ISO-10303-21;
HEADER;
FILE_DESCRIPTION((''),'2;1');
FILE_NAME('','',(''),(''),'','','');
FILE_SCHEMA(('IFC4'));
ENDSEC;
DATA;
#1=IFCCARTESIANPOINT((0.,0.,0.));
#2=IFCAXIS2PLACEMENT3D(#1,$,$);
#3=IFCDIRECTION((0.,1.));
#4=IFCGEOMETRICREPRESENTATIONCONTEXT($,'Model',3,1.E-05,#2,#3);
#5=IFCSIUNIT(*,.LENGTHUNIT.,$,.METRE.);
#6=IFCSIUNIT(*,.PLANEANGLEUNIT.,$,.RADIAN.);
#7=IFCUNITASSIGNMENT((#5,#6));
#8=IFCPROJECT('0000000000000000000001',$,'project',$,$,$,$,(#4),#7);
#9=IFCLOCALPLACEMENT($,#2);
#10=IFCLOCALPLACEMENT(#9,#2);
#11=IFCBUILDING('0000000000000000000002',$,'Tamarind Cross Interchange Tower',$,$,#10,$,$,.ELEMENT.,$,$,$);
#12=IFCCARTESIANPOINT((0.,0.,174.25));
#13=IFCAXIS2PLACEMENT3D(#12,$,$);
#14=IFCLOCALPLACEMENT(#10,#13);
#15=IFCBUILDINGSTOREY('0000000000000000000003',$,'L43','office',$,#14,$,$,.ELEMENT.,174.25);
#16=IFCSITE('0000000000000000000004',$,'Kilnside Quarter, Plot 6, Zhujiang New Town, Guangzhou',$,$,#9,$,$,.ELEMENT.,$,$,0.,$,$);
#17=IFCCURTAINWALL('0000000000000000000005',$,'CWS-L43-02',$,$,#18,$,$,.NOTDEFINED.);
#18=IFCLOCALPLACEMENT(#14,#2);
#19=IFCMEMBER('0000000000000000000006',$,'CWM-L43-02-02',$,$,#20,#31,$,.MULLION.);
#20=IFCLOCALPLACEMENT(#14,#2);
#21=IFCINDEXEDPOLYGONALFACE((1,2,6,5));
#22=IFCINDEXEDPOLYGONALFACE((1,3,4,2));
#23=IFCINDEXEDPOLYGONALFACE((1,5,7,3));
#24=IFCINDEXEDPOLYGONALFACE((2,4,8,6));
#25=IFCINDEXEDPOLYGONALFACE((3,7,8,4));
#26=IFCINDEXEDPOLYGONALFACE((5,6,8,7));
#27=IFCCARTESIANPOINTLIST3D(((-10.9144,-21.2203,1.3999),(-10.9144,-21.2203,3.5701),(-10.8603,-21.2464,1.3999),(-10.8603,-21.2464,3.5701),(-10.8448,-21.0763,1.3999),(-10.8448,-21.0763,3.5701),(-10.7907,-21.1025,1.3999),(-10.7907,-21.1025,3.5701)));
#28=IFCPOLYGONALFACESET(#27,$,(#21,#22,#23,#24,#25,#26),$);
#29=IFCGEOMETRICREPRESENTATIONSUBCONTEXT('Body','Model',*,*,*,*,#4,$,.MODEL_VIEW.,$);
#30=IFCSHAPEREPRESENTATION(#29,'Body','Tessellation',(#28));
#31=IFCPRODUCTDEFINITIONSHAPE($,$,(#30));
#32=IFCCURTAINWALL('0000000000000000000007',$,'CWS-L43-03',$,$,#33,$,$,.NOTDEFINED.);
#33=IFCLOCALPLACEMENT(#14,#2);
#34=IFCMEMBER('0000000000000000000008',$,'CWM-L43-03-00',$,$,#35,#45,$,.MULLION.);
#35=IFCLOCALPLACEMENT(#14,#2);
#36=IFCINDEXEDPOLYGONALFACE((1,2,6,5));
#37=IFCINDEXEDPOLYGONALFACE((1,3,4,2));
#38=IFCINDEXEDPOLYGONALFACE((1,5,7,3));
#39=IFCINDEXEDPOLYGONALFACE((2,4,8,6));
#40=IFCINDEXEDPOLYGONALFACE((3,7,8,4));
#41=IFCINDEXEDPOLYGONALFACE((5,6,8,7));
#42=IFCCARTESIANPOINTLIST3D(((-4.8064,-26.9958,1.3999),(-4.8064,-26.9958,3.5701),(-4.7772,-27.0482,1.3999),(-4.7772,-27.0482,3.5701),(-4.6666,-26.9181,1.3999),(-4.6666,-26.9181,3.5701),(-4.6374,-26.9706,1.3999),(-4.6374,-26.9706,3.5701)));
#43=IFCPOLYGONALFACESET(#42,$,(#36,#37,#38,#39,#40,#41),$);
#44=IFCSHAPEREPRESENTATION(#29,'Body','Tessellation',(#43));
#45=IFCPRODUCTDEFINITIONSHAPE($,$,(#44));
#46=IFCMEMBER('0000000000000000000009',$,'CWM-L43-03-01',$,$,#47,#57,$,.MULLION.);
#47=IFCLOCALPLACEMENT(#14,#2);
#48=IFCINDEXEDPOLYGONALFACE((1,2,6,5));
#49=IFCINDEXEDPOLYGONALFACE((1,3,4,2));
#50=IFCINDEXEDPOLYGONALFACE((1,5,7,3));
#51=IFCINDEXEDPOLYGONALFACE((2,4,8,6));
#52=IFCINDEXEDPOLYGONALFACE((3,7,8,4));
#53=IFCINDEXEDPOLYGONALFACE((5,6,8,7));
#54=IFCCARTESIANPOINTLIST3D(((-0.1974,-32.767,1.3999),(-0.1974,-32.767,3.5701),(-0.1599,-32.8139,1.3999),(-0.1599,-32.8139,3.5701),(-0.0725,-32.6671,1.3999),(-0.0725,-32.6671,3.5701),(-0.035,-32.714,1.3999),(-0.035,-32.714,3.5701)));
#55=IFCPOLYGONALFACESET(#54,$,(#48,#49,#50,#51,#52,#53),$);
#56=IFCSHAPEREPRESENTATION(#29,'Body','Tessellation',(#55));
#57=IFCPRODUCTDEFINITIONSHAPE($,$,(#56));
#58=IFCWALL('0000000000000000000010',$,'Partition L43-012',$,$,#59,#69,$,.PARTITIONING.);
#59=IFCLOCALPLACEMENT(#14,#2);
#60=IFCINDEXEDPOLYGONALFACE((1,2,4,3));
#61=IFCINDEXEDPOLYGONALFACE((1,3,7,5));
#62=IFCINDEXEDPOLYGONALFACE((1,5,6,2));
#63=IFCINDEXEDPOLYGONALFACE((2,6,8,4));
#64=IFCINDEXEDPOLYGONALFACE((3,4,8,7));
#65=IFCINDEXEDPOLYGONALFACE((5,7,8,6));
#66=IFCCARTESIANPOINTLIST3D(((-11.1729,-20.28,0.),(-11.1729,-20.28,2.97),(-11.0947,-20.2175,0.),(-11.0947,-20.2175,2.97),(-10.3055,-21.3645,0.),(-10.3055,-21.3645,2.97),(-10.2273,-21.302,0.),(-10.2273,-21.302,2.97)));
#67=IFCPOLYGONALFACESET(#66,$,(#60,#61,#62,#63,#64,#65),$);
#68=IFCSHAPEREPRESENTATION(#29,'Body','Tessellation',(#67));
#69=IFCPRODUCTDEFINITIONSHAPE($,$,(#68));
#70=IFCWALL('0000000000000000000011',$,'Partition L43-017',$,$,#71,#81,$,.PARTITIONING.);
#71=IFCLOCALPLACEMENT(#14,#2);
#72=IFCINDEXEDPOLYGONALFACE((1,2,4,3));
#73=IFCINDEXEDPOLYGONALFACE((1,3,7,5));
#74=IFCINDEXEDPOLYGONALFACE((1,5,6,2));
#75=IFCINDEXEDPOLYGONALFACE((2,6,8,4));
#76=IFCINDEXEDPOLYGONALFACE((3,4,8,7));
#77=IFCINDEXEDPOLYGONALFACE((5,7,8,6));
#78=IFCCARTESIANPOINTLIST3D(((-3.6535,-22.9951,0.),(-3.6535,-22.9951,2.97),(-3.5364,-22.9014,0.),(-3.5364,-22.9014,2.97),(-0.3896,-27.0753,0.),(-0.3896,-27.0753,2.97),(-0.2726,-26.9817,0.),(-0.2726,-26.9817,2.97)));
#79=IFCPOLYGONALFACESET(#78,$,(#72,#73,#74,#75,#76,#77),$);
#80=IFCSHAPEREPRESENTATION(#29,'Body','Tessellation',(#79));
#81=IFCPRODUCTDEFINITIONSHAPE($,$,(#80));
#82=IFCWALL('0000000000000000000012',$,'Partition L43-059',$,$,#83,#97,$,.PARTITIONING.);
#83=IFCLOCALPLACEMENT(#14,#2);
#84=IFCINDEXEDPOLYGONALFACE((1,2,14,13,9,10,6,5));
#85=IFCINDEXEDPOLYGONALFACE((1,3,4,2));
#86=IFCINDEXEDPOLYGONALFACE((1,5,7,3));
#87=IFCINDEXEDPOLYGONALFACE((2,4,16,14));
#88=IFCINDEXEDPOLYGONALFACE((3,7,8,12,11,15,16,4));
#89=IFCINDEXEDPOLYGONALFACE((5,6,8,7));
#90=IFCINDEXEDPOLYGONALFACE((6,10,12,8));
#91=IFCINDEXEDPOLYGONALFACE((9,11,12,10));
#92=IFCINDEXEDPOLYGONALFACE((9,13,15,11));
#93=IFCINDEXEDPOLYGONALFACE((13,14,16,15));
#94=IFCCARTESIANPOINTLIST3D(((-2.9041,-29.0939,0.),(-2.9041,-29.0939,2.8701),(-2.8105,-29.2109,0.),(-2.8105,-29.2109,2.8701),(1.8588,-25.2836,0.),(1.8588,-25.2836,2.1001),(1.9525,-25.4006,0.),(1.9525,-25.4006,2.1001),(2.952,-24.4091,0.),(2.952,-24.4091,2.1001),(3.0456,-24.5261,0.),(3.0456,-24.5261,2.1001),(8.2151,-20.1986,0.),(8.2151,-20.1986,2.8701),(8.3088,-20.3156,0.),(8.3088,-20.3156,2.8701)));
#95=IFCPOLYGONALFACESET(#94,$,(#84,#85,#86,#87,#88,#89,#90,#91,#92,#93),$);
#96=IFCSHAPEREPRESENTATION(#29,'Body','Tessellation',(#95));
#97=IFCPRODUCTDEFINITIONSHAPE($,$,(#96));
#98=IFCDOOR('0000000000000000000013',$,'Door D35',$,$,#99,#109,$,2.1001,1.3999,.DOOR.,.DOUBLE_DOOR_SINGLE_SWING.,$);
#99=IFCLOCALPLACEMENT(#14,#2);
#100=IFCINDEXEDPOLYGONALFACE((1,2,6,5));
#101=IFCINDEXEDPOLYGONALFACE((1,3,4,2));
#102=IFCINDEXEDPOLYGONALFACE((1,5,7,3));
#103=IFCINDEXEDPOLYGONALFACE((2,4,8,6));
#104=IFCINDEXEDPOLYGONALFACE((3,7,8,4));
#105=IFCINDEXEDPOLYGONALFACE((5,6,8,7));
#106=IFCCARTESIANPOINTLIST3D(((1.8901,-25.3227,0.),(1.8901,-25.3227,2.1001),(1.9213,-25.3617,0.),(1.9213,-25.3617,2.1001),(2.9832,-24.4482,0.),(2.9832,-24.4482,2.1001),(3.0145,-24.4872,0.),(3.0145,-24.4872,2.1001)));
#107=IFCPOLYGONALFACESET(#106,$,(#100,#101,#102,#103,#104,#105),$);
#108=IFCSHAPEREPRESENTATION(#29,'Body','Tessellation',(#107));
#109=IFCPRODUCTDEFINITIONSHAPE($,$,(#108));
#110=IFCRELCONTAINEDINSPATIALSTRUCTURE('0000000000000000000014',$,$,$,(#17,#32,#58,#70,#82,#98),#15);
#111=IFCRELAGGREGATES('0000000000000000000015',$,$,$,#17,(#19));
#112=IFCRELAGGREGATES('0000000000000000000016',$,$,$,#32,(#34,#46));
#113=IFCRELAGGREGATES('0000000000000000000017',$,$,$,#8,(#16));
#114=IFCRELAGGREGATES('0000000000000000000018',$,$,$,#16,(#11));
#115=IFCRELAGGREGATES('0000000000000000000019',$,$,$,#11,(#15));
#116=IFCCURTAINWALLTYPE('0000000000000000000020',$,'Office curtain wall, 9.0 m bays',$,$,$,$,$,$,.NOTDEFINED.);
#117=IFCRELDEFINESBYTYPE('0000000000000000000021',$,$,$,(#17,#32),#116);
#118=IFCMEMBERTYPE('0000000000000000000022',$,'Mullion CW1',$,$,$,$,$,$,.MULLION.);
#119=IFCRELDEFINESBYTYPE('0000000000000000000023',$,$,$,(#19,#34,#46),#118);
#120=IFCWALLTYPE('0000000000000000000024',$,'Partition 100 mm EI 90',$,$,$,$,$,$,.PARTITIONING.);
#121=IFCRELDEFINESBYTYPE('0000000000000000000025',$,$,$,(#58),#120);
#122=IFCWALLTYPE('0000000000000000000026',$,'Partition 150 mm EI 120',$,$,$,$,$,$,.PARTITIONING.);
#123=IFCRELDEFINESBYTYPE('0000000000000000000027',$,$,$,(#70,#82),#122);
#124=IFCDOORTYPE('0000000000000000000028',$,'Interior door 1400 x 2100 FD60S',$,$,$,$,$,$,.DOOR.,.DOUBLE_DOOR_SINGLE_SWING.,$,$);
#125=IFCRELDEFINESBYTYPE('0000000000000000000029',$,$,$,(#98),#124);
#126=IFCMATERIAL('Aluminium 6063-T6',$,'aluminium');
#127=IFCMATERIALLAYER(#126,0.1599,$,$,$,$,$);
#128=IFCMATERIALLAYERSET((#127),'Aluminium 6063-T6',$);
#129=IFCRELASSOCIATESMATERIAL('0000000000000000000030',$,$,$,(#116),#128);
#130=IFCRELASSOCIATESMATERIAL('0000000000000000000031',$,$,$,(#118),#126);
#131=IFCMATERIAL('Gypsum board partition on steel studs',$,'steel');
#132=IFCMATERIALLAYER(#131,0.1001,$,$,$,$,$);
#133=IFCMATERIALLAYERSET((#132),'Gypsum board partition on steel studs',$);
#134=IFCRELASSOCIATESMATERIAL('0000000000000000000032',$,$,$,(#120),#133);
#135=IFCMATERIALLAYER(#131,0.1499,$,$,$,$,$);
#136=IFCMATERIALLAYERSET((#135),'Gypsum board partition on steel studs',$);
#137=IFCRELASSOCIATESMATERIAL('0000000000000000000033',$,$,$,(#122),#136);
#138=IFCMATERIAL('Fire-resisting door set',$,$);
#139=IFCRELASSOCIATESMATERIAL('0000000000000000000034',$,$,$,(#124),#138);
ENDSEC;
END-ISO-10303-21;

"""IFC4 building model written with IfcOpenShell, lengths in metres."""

from ifc_helpers import new_model, si_unit, direction, frame, frame_2d, origin, origin_2d, place, context, subcontext, project, spatial, rectangle, extrude, material, layer, layer_set, material_profile, profile_set, type_object, element, fill, aggregate, save


model = new_model("IFC4")

# Units and contexts
model_context = context("Model", 3, precision=1e-05, world=origin(), true_north=direction((0.0, 1.0)))
body_context = subcontext(model_context, "Body", "Model", "MODEL_VIEW")
ifc_project = project(units=[si_unit("LENGTHUNIT", "METRE"), si_unit("PLANEANGLEUNIT", "RADIAN")], contexts=[model_context])

# Site, building, storey
site_placement = place(None, origin())
site = spatial("IfcSite", under=ifc_project, at=site_placement, Name="Kilnside Quarter, Plot 6, Zhujiang New Town, Guangzhou", CompositionType="ELEMENT", RefElevation=0.0)
building_placement = place(site_placement, origin())
building = spatial("IfcBuilding", under=site, at=building_placement, Name="Tamarind Cross Interchange Tower", CompositionType="ELEMENT")
storey_placement = place(building_placement, frame((0.0, 0.0, 174.25)))
storey = spatial("IfcBuildingStorey", under=building, at=storey_placement, Name="L43", Description="office", CompositionType="ELEMENT", Elevation=174.25)

# Curtain wall, member
ifc_material_1 = material(Name="Aluminium 6063-T6", Category="aluminium")
ifc_layer_1 = layer(ifc_material_1, 0.1599)
ifc_layer_set_1 = layer_set([ifc_layer_1], Name="Aluminium 6063-T6")
curtain_wall_type = type_object("IfcCurtainWallType", Name="Office curtain wall, 9.0 m bays", PredefinedType="NOTDEFINED", material=ifc_layer_set_1)
curtain_wall_1_placement = place(storey_placement, origin())
curtain_wall_1 = element("IfcCurtainWall", 1, at=curtain_wall_1_placement, inside=storey, type_object=curtain_wall_type, Name="CWS-L43-02", PredefinedType="NOTDEFINED")
ifc_material_profile_1 = material_profile(ifc_material_1, rectangle(XDim=0.0601, YDim=0.1599, at=origin_2d()), Name="Mullion CW1")
ifc_profile_set_1 = profile_set([ifc_material_profile_1], Name="Aluminium 6063-T6")
member_type = type_object("IfcMemberType", Name="Mullion CW1", PredefinedType="MULLION", material=ifc_profile_set_1)
member_1_placement = place(storey_placement, frame((-10.8525, -21.1614, 1.3999), z_axis=(0.0, 0.0, 1.0), x_axis=(0.900273, -0.435326, 0.0)))
member_1 = element("IfcMember", 2, at=member_1_placement, type_object=member_type, Name="CWM-L43-02-02", PredefinedType="MULLION", context=body_context, shape_type="SweptSolid", body=[
    extrude(rectangle(XDim=0.0601, YDim=0.1599, at=origin_2d()), origin(), (0.0, 0.0, 1.0), 2.1702),
])
aggregate(curtain_wall_1, [member_1])

# Curtain wall, members
curtain_wall_2_placement = place(storey_placement, origin())
curtain_wall_2 = element("IfcCurtainWall", 3, at=curtain_wall_2_placement, inside=storey, type_object=curtain_wall_type, Name="CWS-L43-03", PredefinedType="NOTDEFINED")
member_2_placement = place(storey_placement, frame((-4.7219, -26.9832, 1.3999), z_axis=(0.0, 0.0, 1.0), x_axis=(0.485868, -0.874032, 0.0)))
member_2 = element("IfcMember", 4, at=member_2_placement, type_object=member_type, Name="CWM-L43-03-00", PredefinedType="MULLION", context=body_context, shape_type="SweptSolid", body=[
    extrude(rectangle(XDim=0.0601, YDim=0.1599, at=origin_2d()), origin(), (0.0, 0.0, 1.0), 2.1702),
])
member_3_placement = place(storey_placement, frame((-0.1162, -32.7405, 1.3999), z_axis=(0.0, 0.0, 1.0), x_axis=(0.624665, -0.780893, 0.0)))
member_3 = element("IfcMember", 5, at=member_3_placement, type_object=member_type, Name="CWM-L43-03-01", PredefinedType="MULLION", context=body_context, shape_type="SweptSolid", body=[
    extrude(rectangle(XDim=0.0601, YDim=0.1599, at=origin_2d()), origin(), (0.0, 0.0, 1.0), 2.1702),
])
aggregate(curtain_wall_2, [member_2, member_3])

# Walls
ifc_material_2 = material(Name="Gypsum board partition on steel studs", Category="steel")
ifc_layer_2 = layer(ifc_material_2, 0.1001)
ifc_layer_set_2 = layer_set([ifc_layer_2], Name="Gypsum board partition on steel studs")
wall_type_1 = type_object("IfcWallType", Name="Partition 100 mm EI 90", PredefinedType="PARTITIONING", material=ifc_layer_set_2)
wall_1_placement = place(storey_placement, frame((-11.1338, -20.2488, 0.0), z_axis=(0.0, 0.0, 1.0), x_axis=(0.624631, -0.78092, 0.0)))
element("IfcWall", 6, at=wall_1_placement, inside=storey, type_object=wall_type_1, Name="Partition L43-012", PredefinedType="PARTITIONING", context=body_context, shape_type="SweptSolid", body=[
    extrude(rectangle(XDim=1.3887, YDim=0.1001, at=frame_2d((0.6943, 0.0))), origin(), (0.0, 0.0, 1.0), 2.97),
])
ifc_layer_3 = layer(ifc_material_2, 0.1499)
ifc_layer_set_3 = layer_set([ifc_layer_3], Name="Gypsum board partition on steel studs")
wall_type_2 = type_object("IfcWallType", Name="Partition 150 mm EI 120", PredefinedType="PARTITIONING", material=ifc_layer_set_3)
wall_2_placement = place(storey_placement, frame((-3.595, -22.9482, 0.0), z_axis=(0.0, 0.0, 1.0), x_axis=(0.624655, -0.780901, 0.0)))
element("IfcWall", 7, at=wall_2_placement, inside=storey, type_object=wall_type_2, Name="Partition L43-017", PredefinedType="PARTITIONING", context=body_context, shape_type="SweptSolid", body=[
    extrude(rectangle(XDim=5.2251, YDim=0.1499, at=frame_2d((2.6125, 0.0))), origin(), (0.0, 0.0, 1.0), 2.97),
])

# Wall, opening, door
wall_3_placement = place(storey_placement, frame((-2.8572, -29.1523, 0.0), z_axis=(0.0, 0.0, 1.0), x_axis=(0.78087, 0.624693, 0.0)))
wall_3 = element("IfcWall", 8, at=wall_3_placement, inside=storey, type_object=wall_type_2, Name="Partition L43-059", PredefinedType="PARTITIONING", context=body_context, shape_type="SweptSolid", body=[
    extrude(rectangle(XDim=14.2395, YDim=0.1499, at=frame_2d((7.1196, 0.0))), origin(), (0.0, 0.0, 1.0), 2.8701),
])
opening_placement = place(wall_3_placement, frame((6.0994, 0.0, 0.0)))
opening = element("IfcOpeningElement", 9, at=opening_placement, cuts=wall_3, PredefinedType="OPENING", context=body_context, shape_type="SweptSolid", body=[
    extrude(rectangle(XDim=1.3999, YDim=2.1001, at=frame_2d((0.7, 1.05))), frame((0.0, 0.085, 0.0), z_axis=(0.0, -1.0, 0.0), x_axis=(1.0, 0.0, 0.0)), (0.0, 0.0, 1.0), 0.1699),
])
ifc_material_3 = material(Name="Fire-resisting door set")
door_type = type_object("IfcDoorType", Name="Interior door 1400 x 2100 FD60S", OperationType="DOUBLE_DOOR_SINGLE_SWING", PredefinedType="DOOR", material=ifc_material_3)
door_placement = place(opening_placement, origin())
door = element("IfcDoor", 10, at=door_placement, inside=storey, type_object=door_type, Name="Door D35", OperationType="DOUBLE_DOOR_SINGLE_SWING", OverallHeight=2.1001, OverallWidth=1.3999, PredefinedType="DOOR", context=body_context, shape_type="SweptSolid", body=[
    extrude(rectangle(XDim=1.3999, YDim=2.1001, at=frame_2d((0.7, 1.05))), frame((0.0, 0.0249, 0.0), z_axis=(0.0, -1.0, 0.0), x_axis=(1.0, 0.0, 0.0)), (0.0, 0.0, 1.0), 0.05),
])
fill(opening, door)

save(model, "model.ifc")
